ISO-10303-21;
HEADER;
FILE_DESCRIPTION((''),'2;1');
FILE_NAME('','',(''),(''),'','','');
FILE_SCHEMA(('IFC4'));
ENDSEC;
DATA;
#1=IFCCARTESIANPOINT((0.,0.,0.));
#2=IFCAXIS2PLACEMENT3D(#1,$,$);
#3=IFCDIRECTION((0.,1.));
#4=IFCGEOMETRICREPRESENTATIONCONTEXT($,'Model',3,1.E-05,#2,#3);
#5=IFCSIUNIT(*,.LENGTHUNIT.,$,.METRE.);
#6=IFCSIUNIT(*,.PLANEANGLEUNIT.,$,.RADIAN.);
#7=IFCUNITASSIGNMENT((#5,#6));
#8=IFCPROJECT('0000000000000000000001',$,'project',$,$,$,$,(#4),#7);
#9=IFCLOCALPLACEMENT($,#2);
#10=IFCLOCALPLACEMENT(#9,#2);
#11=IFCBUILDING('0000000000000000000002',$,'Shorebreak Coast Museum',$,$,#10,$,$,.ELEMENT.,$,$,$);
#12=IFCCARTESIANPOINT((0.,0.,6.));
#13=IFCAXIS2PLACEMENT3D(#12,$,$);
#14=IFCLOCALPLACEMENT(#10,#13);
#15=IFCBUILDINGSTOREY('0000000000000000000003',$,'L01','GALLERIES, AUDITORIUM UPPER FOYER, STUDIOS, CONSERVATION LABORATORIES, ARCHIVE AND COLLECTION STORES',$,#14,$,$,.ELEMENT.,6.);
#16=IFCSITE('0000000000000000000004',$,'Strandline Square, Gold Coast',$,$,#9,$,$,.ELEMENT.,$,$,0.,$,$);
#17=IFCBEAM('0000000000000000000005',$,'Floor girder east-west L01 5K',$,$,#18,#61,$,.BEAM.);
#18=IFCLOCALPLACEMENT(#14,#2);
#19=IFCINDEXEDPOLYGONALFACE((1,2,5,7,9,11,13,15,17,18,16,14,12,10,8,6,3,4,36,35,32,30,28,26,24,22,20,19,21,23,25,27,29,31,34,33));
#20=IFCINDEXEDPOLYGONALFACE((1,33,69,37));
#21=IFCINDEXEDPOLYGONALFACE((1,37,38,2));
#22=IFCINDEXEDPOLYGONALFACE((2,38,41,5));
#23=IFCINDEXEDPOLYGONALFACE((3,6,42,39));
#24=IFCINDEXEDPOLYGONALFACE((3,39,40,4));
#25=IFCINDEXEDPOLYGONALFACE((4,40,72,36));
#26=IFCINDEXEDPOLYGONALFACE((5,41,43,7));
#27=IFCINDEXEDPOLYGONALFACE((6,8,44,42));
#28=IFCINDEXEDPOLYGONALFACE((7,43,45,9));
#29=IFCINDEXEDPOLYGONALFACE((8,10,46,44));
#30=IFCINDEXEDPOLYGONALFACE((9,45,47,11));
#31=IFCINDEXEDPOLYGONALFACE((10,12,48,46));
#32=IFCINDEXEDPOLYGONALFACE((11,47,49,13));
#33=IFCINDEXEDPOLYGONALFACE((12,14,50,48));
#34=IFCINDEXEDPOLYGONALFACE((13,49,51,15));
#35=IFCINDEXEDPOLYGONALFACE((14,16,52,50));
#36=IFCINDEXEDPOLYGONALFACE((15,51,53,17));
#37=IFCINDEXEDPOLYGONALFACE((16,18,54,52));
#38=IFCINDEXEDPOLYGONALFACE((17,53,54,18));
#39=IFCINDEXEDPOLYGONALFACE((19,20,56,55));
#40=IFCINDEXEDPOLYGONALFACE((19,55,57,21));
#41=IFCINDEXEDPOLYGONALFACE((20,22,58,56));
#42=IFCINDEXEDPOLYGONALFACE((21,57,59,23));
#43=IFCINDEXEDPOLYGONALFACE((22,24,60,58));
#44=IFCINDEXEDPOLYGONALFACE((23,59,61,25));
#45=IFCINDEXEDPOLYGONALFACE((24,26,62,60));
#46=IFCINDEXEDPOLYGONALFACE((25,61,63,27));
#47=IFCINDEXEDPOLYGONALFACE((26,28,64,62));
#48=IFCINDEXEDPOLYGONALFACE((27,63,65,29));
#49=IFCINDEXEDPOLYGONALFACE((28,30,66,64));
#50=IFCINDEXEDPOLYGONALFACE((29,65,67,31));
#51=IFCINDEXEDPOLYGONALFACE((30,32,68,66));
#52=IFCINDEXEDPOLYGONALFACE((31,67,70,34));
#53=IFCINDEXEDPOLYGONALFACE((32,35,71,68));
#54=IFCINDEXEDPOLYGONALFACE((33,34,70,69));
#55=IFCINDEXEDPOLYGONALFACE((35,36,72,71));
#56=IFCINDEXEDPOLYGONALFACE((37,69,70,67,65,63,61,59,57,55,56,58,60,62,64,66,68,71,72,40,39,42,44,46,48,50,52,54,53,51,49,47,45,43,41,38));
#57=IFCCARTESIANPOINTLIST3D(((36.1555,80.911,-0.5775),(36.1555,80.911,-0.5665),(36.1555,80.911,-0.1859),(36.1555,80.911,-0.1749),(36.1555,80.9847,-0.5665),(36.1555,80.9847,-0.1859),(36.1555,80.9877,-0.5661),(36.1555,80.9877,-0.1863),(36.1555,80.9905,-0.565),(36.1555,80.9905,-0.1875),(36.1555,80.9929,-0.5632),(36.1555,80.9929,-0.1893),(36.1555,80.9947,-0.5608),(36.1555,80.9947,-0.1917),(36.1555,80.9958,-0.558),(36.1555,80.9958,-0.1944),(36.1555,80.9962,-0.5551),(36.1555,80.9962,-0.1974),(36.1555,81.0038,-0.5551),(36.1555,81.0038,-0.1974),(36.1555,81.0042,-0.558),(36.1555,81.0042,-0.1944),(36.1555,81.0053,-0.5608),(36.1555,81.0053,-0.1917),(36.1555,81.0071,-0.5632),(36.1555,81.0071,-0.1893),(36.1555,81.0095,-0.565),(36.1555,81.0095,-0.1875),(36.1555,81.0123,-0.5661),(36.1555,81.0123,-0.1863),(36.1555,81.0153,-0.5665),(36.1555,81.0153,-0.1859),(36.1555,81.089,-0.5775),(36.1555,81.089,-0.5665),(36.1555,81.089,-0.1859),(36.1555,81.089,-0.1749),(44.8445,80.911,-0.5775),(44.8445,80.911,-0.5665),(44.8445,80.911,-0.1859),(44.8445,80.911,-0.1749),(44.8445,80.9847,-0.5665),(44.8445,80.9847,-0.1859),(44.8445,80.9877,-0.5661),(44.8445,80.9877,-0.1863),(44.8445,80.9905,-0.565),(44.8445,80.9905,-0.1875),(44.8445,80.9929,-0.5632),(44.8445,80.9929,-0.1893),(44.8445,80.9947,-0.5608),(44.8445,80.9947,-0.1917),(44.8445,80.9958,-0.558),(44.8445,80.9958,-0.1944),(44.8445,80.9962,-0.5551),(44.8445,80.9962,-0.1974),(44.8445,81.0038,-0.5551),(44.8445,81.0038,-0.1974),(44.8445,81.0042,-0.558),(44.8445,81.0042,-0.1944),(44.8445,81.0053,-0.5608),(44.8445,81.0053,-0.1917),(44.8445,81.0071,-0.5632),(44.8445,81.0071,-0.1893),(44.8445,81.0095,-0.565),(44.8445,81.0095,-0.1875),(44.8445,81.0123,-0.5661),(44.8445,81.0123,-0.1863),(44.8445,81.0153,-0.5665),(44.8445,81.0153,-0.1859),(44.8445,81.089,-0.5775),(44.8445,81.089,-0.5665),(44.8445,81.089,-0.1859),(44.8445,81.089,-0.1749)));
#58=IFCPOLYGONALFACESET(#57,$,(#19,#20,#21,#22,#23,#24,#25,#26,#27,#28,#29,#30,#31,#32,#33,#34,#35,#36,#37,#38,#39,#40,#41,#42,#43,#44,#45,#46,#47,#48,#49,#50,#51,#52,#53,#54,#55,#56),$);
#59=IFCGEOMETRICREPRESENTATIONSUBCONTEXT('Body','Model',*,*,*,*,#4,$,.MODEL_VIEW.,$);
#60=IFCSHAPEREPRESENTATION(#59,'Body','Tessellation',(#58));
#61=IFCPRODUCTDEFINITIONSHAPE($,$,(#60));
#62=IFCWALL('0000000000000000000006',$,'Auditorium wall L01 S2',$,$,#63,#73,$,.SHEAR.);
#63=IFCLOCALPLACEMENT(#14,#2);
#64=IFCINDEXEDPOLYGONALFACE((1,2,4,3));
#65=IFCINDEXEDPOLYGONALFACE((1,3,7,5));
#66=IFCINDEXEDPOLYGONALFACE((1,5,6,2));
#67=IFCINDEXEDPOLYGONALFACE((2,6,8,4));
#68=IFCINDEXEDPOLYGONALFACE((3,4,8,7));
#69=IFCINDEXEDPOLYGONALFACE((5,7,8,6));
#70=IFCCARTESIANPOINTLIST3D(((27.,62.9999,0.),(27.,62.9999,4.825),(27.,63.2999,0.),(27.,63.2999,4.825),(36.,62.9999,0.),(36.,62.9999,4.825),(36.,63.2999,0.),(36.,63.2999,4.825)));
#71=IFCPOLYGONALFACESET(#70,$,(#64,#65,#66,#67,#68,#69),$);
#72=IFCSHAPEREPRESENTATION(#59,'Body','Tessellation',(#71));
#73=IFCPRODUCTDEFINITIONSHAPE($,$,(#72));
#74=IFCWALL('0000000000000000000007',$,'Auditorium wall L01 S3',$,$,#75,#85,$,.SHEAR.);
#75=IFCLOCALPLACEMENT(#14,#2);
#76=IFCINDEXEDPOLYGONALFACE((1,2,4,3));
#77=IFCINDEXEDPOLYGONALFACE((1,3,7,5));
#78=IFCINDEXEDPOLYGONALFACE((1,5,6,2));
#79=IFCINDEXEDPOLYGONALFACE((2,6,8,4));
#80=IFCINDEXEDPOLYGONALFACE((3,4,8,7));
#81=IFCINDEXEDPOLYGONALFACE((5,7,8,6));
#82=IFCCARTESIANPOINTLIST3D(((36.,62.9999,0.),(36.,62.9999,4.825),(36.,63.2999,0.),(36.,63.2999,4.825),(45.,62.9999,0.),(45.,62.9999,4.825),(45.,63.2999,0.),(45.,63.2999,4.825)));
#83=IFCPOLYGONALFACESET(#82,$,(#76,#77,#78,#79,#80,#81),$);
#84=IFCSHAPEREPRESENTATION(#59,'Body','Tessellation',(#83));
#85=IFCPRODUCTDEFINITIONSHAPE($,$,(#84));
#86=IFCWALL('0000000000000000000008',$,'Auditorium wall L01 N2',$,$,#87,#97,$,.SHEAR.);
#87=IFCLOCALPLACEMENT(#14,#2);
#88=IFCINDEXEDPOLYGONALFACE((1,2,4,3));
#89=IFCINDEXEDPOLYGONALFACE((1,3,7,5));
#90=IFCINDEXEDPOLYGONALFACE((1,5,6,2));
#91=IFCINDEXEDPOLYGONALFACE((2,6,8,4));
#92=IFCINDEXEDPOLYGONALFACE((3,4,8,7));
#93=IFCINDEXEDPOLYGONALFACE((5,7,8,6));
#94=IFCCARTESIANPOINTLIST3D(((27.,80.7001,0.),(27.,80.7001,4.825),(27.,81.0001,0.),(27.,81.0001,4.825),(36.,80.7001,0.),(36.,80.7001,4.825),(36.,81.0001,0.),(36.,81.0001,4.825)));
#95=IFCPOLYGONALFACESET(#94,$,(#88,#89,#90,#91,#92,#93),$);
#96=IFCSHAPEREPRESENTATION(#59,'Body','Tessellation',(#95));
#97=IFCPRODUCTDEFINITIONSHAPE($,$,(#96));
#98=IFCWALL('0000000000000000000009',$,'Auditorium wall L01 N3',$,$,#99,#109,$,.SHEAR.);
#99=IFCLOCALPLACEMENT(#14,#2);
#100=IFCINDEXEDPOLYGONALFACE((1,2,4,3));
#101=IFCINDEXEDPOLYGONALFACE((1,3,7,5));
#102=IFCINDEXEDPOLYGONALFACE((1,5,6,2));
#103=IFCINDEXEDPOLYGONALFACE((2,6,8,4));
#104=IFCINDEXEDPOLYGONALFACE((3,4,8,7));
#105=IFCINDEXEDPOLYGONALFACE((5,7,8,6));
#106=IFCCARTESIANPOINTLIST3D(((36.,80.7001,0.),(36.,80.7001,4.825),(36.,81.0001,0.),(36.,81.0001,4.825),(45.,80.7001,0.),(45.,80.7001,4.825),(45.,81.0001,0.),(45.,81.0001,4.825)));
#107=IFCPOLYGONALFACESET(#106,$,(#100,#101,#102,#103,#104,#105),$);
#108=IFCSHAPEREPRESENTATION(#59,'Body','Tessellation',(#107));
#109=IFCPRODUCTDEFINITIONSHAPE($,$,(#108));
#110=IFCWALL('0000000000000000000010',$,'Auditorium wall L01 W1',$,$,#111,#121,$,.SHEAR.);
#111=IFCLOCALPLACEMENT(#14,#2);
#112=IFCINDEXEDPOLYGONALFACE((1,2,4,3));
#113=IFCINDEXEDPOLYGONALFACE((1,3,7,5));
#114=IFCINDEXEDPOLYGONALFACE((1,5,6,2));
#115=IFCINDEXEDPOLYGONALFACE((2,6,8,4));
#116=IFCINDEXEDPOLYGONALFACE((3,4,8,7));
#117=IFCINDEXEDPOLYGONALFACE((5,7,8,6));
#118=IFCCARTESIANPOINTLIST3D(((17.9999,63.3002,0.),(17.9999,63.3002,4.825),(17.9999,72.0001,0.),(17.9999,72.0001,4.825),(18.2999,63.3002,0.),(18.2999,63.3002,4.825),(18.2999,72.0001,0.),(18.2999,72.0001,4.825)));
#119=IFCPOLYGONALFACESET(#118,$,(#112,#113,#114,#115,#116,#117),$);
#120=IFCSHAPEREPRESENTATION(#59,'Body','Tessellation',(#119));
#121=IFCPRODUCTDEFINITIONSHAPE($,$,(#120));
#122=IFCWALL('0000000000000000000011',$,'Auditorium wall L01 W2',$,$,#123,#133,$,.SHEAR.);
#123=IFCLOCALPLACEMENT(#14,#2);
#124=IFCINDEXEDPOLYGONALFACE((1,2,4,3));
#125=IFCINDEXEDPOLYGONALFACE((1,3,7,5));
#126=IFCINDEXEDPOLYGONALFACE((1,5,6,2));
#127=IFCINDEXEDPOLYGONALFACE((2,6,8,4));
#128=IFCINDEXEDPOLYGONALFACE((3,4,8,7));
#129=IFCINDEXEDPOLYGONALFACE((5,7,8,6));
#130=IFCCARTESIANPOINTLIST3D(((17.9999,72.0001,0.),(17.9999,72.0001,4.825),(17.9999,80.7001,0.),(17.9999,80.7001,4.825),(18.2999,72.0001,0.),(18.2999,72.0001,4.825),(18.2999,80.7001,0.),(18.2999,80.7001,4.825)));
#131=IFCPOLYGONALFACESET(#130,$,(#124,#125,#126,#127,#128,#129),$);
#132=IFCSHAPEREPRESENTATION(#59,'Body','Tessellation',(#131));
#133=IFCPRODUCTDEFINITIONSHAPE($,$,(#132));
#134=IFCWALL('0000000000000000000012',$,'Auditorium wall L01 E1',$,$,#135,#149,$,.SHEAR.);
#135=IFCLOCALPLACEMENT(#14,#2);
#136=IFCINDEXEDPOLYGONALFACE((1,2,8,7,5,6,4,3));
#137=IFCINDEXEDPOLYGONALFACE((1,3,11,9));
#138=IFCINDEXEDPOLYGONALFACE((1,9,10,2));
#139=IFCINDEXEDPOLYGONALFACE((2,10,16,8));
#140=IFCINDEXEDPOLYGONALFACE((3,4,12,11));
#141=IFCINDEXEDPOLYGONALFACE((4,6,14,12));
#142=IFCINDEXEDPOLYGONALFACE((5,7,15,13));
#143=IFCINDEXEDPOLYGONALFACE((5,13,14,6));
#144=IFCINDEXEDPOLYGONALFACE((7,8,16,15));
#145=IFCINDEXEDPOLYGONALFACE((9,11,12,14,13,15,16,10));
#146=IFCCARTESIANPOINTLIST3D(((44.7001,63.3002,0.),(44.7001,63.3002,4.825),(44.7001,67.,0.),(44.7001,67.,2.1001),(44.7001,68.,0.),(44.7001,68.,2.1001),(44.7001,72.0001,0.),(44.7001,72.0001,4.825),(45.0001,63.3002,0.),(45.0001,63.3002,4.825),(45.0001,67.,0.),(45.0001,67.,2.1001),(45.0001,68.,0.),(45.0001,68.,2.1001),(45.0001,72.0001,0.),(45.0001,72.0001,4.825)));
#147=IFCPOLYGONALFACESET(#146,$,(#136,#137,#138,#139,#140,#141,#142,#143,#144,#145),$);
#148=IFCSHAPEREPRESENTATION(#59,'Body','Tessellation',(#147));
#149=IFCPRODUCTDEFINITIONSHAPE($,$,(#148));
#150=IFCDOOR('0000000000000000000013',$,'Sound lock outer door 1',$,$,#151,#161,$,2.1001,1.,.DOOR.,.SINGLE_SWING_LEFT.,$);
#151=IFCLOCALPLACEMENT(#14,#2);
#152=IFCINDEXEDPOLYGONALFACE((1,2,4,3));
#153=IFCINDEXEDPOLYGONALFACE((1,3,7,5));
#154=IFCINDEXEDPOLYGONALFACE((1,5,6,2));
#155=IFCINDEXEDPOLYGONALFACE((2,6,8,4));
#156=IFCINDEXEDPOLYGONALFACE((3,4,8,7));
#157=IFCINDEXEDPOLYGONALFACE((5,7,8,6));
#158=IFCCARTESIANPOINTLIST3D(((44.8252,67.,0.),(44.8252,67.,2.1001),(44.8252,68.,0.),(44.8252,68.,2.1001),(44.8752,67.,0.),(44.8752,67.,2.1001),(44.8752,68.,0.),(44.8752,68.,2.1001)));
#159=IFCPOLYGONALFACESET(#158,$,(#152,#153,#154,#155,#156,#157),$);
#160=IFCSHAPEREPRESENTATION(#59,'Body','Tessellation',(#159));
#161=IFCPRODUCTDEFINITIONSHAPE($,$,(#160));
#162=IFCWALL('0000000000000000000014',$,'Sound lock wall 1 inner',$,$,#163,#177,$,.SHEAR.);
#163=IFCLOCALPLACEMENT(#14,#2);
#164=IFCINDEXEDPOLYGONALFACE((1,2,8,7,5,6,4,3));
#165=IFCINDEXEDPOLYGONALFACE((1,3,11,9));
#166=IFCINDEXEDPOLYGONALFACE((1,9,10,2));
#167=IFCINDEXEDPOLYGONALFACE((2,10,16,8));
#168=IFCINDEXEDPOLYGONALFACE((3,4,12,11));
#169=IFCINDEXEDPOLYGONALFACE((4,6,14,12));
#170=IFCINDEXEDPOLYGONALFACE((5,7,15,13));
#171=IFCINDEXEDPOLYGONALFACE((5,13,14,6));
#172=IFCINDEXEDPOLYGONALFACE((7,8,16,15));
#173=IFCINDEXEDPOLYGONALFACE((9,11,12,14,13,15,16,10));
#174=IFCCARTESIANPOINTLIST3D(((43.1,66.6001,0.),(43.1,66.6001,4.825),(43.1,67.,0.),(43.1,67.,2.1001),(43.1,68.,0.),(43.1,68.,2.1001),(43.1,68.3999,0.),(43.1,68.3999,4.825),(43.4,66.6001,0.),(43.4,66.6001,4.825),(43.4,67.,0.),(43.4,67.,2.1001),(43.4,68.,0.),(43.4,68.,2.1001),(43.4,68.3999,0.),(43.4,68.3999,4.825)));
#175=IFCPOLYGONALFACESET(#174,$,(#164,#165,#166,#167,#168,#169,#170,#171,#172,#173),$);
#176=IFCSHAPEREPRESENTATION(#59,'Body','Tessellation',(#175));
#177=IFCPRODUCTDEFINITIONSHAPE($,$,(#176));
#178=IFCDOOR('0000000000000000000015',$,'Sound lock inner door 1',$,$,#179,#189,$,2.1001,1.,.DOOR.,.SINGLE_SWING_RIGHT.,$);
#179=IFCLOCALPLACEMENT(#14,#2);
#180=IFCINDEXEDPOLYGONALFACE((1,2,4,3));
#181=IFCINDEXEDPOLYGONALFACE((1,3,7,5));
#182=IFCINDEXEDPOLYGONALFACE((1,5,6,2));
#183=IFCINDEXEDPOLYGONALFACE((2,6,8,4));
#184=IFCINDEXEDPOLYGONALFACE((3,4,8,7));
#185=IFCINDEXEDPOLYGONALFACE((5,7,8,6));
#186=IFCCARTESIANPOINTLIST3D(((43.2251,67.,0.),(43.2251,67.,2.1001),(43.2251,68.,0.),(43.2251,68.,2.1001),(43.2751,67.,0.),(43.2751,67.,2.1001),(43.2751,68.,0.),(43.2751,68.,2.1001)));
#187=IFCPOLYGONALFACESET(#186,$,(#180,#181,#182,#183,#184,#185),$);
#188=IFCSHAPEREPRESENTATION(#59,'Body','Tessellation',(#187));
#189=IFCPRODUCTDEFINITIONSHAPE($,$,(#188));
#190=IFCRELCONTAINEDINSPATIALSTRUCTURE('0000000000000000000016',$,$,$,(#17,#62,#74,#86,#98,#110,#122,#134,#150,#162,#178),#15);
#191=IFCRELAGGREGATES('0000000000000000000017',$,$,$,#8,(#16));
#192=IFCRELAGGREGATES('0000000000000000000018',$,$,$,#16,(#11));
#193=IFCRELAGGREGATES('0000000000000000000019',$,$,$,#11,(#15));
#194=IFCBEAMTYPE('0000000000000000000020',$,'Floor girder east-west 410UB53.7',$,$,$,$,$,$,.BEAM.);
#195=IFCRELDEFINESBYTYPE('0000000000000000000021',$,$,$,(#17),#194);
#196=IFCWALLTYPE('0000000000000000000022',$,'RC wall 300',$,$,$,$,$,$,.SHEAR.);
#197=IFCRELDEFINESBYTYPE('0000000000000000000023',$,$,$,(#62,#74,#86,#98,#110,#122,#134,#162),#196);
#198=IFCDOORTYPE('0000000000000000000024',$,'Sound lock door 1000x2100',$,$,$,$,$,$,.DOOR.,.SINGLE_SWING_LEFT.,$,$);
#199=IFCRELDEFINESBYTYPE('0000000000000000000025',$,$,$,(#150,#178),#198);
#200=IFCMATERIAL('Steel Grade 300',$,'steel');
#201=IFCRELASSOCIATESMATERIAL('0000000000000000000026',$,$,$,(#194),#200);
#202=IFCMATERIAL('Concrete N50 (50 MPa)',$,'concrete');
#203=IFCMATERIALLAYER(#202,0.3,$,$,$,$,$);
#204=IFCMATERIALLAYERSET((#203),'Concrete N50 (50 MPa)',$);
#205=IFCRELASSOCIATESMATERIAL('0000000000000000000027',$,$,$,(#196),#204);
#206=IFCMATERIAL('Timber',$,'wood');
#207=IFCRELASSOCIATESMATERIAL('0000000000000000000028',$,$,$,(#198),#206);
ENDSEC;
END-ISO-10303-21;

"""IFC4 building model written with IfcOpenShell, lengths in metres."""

from ifc_helpers import new_model, si_unit, direction, frame, frame_2d, origin, origin_2d, place, context, subcontext, project, spatial, rectangle, i_section, extrude, material, layer, layer_set, material_profile, profile_set, type_object, element, fill, save


model = new_model("IFC4")

# Units and contexts
model_context = context("Model", 3, precision=1e-05, world=origin(), true_north=direction((0.0, 1.0)))
body_context = subcontext(model_context, "Body", "Model", "MODEL_VIEW")
ifc_project = project(units=[si_unit("LENGTHUNIT", "METRE"), si_unit("PLANEANGLEUNIT", "RADIAN")], contexts=[model_context])

# Site, building, storey
site_placement = place(None, origin())
site = spatial("IfcSite", under=ifc_project, at=site_placement, Name="Strandline Square, Gold Coast", CompositionType="ELEMENT", RefElevation=0.0)
building_placement = place(site_placement, origin())
building = spatial("IfcBuilding", under=site, at=building_placement, Name="Shorebreak Coast Museum", CompositionType="ELEMENT")
storey_placement = place(building_placement, frame((0.0, 0.0, 6.0)))
storey = spatial("IfcBuildingStorey", under=building, at=storey_placement, Name="L01", Description="GALLERIES, AUDITORIUM UPPER FOYER, STUDIOS, CONSERVATION LABORATORIES, ARCHIVE AND COLLECTION STORES", CompositionType="ELEMENT", Elevation=6.0)

# Beam
ifc_material_1 = material(Name="Steel Grade 300", Category="steel")
ifc_material_profile_1 = material_profile(ifc_material_1, i_section(OverallWidth=0.178, OverallDepth=0.4026, WebThickness=0.0076, FlangeThickness=0.011, FilletRadius=0.0115, at=origin_2d()), Name="410UB53.7")
ifc_profile_set_1 = profile_set([ifc_material_profile_1], Name="Steel Grade 300")
beam_type = type_object("IfcBeamType", Name="Floor girder east-west 410UB53.7", PredefinedType="BEAM", material=ifc_profile_set_1)
for number, where, z_axis, x_axis, name in (
    (1, (36.1555, 81.0, -0.3762), (1.0, 0.0, 0.0), (0.0, 1.0, 0.0), "Floor girder east-west L01 5K"),
):
    element("IfcBeam", number, at=place(storey_placement, frame(where, z_axis=z_axis, x_axis=x_axis)), inside=storey, type_object=beam_type, Name=name, PredefinedType="BEAM", context=body_context, shape_type="SweptSolid", body=[
        extrude(i_section(OverallWidth=0.178, OverallDepth=0.4026, WebThickness=0.0076, FlangeThickness=0.011, FilletRadius=0.0115, at=origin_2d()), origin(), (0.0, 0.0, 1.0), 8.689),
    ])

# Walls
ifc_material_2 = material(Name="Concrete N50 (50 MPa)", Category="concrete")
ifc_layer = layer(ifc_material_2, 0.3)
ifc_layer_set = layer_set([ifc_layer], Name="Concrete N50 (50 MPa)")
wall_type = type_object("IfcWallType", Name="RC wall 300", PredefinedType="SHEAR", material=ifc_layer_set)
for number, where, z_axis, x_axis, name in (
    (2, (27.0, 63.1499, 0.0), (0.0, 0.0, 1.0), (1.0, 0.0, 0.0), "Auditorium wall L01 S2"),
    (3, (36.0, 63.1499, 0.0), (0.0, 0.0, 1.0), (1.0, 0.0, 0.0), "Auditorium wall L01 S3"),
    (4, (27.0, 80.8501, 0.0), (0.0, 0.0, 1.0), (1.0, 0.0, 0.0), "Auditorium wall L01 N2"),
    (5, (36.0, 80.8501, 0.0), (0.0, 0.0, 1.0), (1.0, 0.0, 0.0), "Auditorium wall L01 N3"),
):
    element("IfcWall", number, at=place(storey_placement, frame(where, z_axis=z_axis, x_axis=x_axis)), inside=storey, type_object=wall_type, Name=name, PredefinedType="SHEAR", context=body_context, shape_type="SweptSolid", body=[
        extrude(rectangle(XDim=9.0, YDim=0.3, at=frame_2d((4.5, 0.0))), origin(), (0.0, 0.0, 1.0), 4.825),
    ])
for number, where, z_axis, x_axis, name in (
    (6, (18.1499, 63.3, 0.0), (0.0, 0.0, 1.0), (0.0, 1.0, 0.0), "Auditorium wall L01 W1"),
    (7, (18.1499, 72.0, 0.0), (0.0, 0.0, 1.0), (0.0, 1.0, 0.0), "Auditorium wall L01 W2"),
):
    element("IfcWall", number, at=place(storey_placement, frame(where, z_axis=z_axis, x_axis=x_axis)), inside=storey, type_object=wall_type, Name=name, PredefinedType="SHEAR", context=body_context, shape_type="SweptSolid", body=[
        extrude(rectangle(XDim=8.7, YDim=0.3, at=frame_2d((4.3501, 0.0))), origin(), (0.0, 0.0, 1.0), 4.825),
    ])

# Walls, openings, doors
wall_1_placement = place(storey_placement, frame((44.8501, 63.3, 0.0), z_axis=(0.0, 0.0, 1.0), x_axis=(0.0, 1.0, 0.0)))
wall_1 = element("IfcWall", 8, at=wall_1_placement, inside=storey, type_object=wall_type, Name="Auditorium wall L01 E1", PredefinedType="SHEAR", context=body_context, shape_type="SweptSolid", body=[
    extrude(rectangle(XDim=8.7, YDim=0.3, at=frame_2d((4.3501, 0.0))), origin(), (0.0, 0.0, 1.0), 4.825),
])
opening_1_placement = place(wall_1_placement, frame((3.7, 0.0, 0.0)))
opening_1 = element("IfcOpeningElement", 9, at=opening_1_placement, cuts=wall_1, PredefinedType="OPENING", context=body_context, shape_type="SweptSolid", body=[
    extrude(rectangle(XDim=1.0, YDim=2.1001, at=frame_2d((0.5, 1.05))), frame((0.0, 0.1599, 0.0), z_axis=(0.0, -1.0, 0.0), x_axis=(1.0, 0.0, 0.0)), (0.0, 0.0, 1.0), 0.3201),
])
ifc_material_3 = material(Name="Timber", Category="wood")
door_type = type_object("IfcDoorType", Name="Sound lock door 1000x2100", OperationType="SINGLE_SWING_LEFT", PredefinedType="DOOR", material=ifc_material_3)
door_1_placement = place(opening_1_placement, origin())
door_1 = element("IfcDoor", 10, at=door_1_placement, inside=storey, type_object=door_type, Name="Sound lock outer door 1", OperationType="SINGLE_SWING_LEFT", OverallHeight=2.1001, OverallWidth=1.0, PredefinedType="DOOR", context=body_context, shape_type="SweptSolid", body=[
    extrude(rectangle(XDim=1.0, YDim=2.1001, at=frame_2d((0.5, 1.05))), frame((0.0, 0.0249, 0.0), z_axis=(0.0, -1.0, 0.0), x_axis=(1.0, 0.0, 0.0)), (0.0, 0.0, 1.0), 0.05),
])
fill(opening_1, door_1)
wall_2_placement = place(storey_placement, frame((43.25, 66.6001, 0.0), z_axis=(0.0, 0.0, 1.0), x_axis=(0.0, 1.0, 0.0)))
wall_2 = element("IfcWall", 11, at=wall_2_placement, inside=storey, type_object=wall_type, Name="Sound lock wall 1 inner", PredefinedType="SHEAR", context=body_context, shape_type="SweptSolid", body=[
    extrude(rectangle(XDim=1.7998, YDim=0.3, at=frame_2d((0.8999, 0.0))), origin(), (0.0, 0.0, 1.0), 4.825),
])
opening_2_placement = place(wall_2_placement, frame((0.3999, 0.0, 0.0)))
opening_2 = element("IfcOpeningElement", 12, at=opening_2_placement, cuts=wall_2, PredefinedType="OPENING", context=body_context, shape_type="SweptSolid", body=[
    extrude(rectangle(XDim=1.0, YDim=2.1001, at=frame_2d((0.5, 1.05))), frame((0.0, 0.1599, 0.0), z_axis=(0.0, -1.0, 0.0), x_axis=(1.0, 0.0, 0.0)), (0.0, 0.0, 1.0), 0.3201),
])
door_2_placement = place(opening_2_placement, origin())
door_2 = element("IfcDoor", 13, at=door_2_placement, inside=storey, type_object=door_type, Name="Sound lock inner door 1", OperationType="SINGLE_SWING_RIGHT", OverallHeight=2.1001, OverallWidth=1.0, PredefinedType="DOOR", context=body_context, shape_type="SweptSolid", body=[
    extrude(rectangle(XDim=1.0, YDim=2.1001, at=frame_2d((0.5, 1.05))), frame((0.0, 0.0249, 0.0), z_axis=(0.0, -1.0, 0.0), x_axis=(1.0, 0.0, 0.0)), (0.0, 0.0, 1.0), 0.05),
])
fill(opening_2, door_2)

save(model, "model.ifc")
